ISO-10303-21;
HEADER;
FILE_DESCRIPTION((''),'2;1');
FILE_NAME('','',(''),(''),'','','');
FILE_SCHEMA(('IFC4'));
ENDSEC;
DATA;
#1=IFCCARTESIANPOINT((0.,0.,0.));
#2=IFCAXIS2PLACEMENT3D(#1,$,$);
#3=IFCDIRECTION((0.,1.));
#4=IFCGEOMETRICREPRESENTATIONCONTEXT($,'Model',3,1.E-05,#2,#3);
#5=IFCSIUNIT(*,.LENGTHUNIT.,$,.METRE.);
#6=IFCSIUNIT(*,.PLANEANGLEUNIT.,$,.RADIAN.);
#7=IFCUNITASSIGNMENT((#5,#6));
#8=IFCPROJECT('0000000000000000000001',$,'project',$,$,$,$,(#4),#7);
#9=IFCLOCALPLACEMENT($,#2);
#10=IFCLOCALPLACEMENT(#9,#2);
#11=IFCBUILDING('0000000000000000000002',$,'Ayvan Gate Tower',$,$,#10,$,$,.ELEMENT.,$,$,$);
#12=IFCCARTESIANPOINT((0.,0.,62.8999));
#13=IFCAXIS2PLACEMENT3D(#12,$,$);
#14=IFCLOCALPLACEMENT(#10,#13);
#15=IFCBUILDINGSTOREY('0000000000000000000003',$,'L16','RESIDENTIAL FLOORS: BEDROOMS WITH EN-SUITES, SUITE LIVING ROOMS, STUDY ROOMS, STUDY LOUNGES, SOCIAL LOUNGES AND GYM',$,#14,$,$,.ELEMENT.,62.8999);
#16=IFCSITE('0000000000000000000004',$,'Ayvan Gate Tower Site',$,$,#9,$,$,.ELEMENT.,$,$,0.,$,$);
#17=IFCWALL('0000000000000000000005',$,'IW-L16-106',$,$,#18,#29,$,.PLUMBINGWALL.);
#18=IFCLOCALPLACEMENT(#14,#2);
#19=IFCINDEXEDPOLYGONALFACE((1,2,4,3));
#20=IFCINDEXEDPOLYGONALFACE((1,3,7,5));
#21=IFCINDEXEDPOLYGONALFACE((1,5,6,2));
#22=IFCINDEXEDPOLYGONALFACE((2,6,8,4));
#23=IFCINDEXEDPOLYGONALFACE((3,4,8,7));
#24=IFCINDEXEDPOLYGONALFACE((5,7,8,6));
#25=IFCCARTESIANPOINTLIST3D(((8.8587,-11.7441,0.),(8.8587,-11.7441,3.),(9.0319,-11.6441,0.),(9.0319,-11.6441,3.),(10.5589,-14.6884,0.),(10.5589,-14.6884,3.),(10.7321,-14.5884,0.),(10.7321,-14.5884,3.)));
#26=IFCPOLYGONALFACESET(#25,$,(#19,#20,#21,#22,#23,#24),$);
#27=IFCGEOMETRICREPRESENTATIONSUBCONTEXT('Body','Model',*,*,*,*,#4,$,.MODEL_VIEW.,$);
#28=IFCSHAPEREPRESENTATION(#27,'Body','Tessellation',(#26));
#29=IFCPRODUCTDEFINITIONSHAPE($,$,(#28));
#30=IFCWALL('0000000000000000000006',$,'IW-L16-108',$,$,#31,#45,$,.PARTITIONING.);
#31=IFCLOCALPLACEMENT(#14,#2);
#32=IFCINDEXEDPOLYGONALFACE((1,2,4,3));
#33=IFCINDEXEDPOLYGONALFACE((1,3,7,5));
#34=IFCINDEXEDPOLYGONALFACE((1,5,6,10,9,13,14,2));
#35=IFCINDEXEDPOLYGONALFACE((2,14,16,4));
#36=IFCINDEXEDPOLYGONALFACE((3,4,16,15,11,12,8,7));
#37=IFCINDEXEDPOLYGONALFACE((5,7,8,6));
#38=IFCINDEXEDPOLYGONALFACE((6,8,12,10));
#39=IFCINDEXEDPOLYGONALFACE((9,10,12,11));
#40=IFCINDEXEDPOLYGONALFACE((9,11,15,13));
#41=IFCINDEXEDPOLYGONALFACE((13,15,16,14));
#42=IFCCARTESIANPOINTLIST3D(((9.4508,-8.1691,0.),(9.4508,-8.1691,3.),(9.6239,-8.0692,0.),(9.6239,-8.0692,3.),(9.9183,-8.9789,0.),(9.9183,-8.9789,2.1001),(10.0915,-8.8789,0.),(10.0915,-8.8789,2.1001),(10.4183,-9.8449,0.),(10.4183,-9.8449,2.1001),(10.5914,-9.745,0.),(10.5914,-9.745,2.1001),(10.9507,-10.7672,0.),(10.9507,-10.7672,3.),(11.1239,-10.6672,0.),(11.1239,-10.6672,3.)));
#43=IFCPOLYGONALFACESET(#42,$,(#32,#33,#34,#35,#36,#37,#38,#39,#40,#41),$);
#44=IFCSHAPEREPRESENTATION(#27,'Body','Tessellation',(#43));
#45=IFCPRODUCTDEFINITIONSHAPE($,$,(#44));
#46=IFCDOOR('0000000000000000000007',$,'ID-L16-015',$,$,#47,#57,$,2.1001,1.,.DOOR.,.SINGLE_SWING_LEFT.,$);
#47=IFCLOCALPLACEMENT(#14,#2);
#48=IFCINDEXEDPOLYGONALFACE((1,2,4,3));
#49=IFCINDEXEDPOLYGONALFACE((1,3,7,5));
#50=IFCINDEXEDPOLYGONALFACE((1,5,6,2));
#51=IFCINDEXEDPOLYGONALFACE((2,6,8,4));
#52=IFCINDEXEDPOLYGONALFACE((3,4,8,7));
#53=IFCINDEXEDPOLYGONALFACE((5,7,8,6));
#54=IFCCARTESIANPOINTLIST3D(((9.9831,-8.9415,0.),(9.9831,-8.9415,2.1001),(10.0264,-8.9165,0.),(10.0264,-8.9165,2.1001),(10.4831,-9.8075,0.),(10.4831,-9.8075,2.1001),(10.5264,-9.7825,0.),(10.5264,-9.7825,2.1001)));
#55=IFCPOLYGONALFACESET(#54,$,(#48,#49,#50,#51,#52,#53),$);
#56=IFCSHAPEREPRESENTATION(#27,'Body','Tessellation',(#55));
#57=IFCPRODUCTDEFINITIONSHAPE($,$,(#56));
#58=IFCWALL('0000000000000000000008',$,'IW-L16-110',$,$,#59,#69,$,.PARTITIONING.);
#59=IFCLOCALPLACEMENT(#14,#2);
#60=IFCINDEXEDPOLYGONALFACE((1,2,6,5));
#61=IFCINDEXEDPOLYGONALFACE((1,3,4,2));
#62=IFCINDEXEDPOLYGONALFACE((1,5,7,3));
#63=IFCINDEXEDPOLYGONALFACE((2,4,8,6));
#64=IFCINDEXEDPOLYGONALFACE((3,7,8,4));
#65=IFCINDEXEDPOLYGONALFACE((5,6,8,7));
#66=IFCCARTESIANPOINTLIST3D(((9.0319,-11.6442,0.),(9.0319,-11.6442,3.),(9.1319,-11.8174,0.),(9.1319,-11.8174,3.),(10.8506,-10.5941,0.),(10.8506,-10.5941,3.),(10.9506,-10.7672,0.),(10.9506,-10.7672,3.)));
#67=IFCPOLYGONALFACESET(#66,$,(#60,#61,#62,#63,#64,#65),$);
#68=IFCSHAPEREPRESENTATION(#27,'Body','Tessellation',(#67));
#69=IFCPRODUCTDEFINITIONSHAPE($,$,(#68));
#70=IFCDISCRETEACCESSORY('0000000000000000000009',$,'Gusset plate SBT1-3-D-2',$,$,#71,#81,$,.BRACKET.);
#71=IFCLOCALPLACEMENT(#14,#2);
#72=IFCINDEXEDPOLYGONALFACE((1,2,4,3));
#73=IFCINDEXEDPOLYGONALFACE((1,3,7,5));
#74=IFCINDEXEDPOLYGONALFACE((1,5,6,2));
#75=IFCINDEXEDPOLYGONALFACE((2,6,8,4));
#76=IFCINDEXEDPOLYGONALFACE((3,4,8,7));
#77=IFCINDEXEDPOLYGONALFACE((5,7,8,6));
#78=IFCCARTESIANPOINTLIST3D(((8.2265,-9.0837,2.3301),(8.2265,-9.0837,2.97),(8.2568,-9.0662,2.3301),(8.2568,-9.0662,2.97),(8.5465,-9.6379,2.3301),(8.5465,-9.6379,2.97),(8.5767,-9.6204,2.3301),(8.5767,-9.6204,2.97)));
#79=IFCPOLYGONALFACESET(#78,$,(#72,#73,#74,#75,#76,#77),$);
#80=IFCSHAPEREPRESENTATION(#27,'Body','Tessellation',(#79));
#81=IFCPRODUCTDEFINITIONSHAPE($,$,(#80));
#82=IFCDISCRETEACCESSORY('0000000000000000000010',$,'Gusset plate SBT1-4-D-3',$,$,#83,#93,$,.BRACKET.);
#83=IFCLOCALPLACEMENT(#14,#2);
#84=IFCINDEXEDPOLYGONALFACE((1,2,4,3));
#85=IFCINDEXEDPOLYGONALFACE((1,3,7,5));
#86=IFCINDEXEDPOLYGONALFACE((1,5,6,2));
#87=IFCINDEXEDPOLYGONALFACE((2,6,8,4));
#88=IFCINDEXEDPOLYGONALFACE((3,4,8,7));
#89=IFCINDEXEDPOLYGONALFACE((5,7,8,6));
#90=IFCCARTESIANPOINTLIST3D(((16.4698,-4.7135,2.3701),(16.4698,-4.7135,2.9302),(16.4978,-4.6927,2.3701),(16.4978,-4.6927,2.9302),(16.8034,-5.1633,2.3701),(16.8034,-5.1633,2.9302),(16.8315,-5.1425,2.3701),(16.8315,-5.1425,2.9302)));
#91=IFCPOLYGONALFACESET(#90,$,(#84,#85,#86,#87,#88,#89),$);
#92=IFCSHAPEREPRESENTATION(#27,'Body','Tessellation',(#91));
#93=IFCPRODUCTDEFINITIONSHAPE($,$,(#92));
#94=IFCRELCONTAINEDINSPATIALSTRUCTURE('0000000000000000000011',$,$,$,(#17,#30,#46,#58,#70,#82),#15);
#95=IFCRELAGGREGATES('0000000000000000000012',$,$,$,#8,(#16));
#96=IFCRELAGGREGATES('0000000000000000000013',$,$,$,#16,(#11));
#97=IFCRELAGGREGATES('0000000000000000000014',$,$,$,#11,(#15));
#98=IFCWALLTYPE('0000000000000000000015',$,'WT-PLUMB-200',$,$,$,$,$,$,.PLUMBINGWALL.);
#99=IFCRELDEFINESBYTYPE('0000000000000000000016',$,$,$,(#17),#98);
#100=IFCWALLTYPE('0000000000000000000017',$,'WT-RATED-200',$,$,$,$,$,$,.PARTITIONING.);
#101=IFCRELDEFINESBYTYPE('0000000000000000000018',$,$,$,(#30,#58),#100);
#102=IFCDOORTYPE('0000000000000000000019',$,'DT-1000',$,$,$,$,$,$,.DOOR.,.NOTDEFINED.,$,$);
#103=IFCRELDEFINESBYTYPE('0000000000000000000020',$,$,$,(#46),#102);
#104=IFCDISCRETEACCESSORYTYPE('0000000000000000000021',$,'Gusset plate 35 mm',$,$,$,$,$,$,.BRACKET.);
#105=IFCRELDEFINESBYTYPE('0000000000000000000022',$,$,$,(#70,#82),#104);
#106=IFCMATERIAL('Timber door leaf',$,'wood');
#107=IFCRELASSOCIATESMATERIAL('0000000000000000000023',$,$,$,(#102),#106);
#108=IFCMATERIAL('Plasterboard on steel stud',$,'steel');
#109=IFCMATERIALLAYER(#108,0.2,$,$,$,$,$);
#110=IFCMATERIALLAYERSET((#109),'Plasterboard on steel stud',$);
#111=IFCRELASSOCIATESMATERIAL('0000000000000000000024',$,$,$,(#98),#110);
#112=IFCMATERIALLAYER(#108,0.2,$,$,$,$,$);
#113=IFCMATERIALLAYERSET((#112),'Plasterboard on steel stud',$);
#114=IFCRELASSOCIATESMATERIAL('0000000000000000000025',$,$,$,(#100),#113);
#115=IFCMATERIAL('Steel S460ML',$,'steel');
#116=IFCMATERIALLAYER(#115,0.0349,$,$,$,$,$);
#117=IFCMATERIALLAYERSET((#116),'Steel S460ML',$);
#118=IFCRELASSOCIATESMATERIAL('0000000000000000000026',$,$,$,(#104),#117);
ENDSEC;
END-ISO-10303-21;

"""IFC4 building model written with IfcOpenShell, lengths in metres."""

from ifc_helpers import new_model, si_unit, direction, frame, frame_2d, origin, origin_2d, place, context, subcontext, project, spatial, rectangle, extrude, material, layer, layer_set, type_object, element, fill, save


model = new_model("IFC4")

# Units and contexts
model_context = context("Model", 3, precision=1e-05, world=origin(), true_north=direction((0.0, 1.0)))
body_context = subcontext(model_context, "Body", "Model", "MODEL_VIEW")
ifc_project = project(units=[si_unit("LENGTHUNIT", "METRE"), si_unit("PLANEANGLEUNIT", "RADIAN")], contexts=[model_context])

# Site, building, storey
site_placement = place(None, origin())
site = spatial("IfcSite", under=ifc_project, at=site_placement, Name="Ayvan Gate Tower Site", CompositionType="ELEMENT", RefElevation=0.0)
building_placement = place(site_placement, origin())
building = spatial("IfcBuilding", under=site, at=building_placement, Name="Ayvan Gate Tower", CompositionType="ELEMENT")
storey_placement = place(building_placement, frame((0.0, 0.0, 62.8999)))
storey = spatial("IfcBuildingStorey", under=building, at=storey_placement, Name="L16", Description="RESIDENTIAL FLOORS: BEDROOMS WITH EN-SUITES, SUITE LIVING ROOMS, STUDY ROOMS, STUDY LOUNGES, SOCIAL LOUNGES AND GYM", CompositionType="ELEMENT", Elevation=62.8999)

# Shared definitions
ifc_material_1 = material(Name="Timber door leaf", Category="wood")
ifc_material_2 = material(Name="Plasterboard on steel stud", Category="steel")
door_type_1 = type_object("IfcDoorType", Name="DT-1000", OperationType="NOTDEFINED", PredefinedType="DOOR", material=ifc_material_1)

# Wall
ifc_layer_1 = layer(ifc_material_2, 0.2)
ifc_layer_set_1 = layer_set([ifc_layer_1], Name="Plasterboard on steel stud")
wall_type_1 = type_object("IfcWallType", Name="WT-PLUMB-200", PredefinedType="PLUMBINGWALL", material=ifc_layer_set_1)
wall_1_placement = place(storey_placement, frame((8.9453, -11.6941, 0.0), z_axis=(0.0, 0.0, 1.0), x_axis=(0.500062, -0.865989, 0.0)))
element("IfcWall", 1, at=wall_1_placement, inside=storey, type_object=wall_type_1, Name="IW-L16-106", PredefinedType="PLUMBINGWALL", context=body_context, shape_type="SweptSolid", body=[
    extrude(rectangle(XDim=3.3999, YDim=0.2, at=frame_2d((1.7, 0.0))), origin(), (0.0, 0.0, 1.0), 3.0),
])

# Wall, opening, door
ifc_layer_2 = layer(ifc_material_2, 0.2)
ifc_layer_set_2 = layer_set([ifc_layer_2], Name="Plasterboard on steel stud")
wall_type_2 = type_object("IfcWallType", Name="WT-RATED-200", PredefinedType="PARTITIONING", material=ifc_layer_set_2)
wall_2_placement = place(storey_placement, frame((9.5374, -8.1191, 0.0), z_axis=(0.0, 0.0, 1.0), x_axis=(0.49999, -0.866031, 0.0)))
wall_2 = element("IfcWall", 2, at=wall_2_placement, inside=storey, type_object=wall_type_2, Name="IW-L16-108", PredefinedType="PARTITIONING", context=body_context, shape_type="SweptSolid", body=[
    extrude(rectangle(XDim=3.0, YDim=0.2, at=frame_2d((1.5, 0.0))), origin(), (0.0, 0.0, 1.0), 3.0),
])
opening_1_placement = place(wall_2_placement, frame((0.9351, 0.0, 0.0)))
opening_1 = element("IfcOpeningElement", 3, at=opening_1_placement, cuts=wall_2, PredefinedType="OPENING", context=body_context, shape_type="SweptSolid", body=[
    extrude(rectangle(XDim=1.0, YDim=2.1001, at=frame_2d((0.5, 1.05))), frame((0.0, 0.1099, 0.0), z_axis=(0.0, -1.0, 0.0), x_axis=(1.0, 0.0, 0.0)), (0.0, 0.0, 1.0), 0.22),
])
door_1_placement = place(opening_1_placement, origin())
door_1 = element("IfcDoor", 4, at=door_1_placement, inside=storey, type_object=door_type_1, Name="ID-L16-015", OperationType="SINGLE_SWING_LEFT", OverallHeight=2.1001, OverallWidth=1.0, PredefinedType="DOOR", context=body_context, shape_type="SweptSolid", body=[
    extrude(rectangle(XDim=1.0, YDim=2.1001, at=frame_2d((0.5, 1.05))), frame((0.0, 0.0249, 0.0), z_axis=(0.0, -1.0, 0.0), x_axis=(1.0, 0.0, 0.0)), (0.0, 0.0, 1.0), 0.05),
])
fill(opening_1, door_1)

# Wall
wall_3_placement = place(storey_placement, frame((10.9006, -10.6807, 0.0), z_axis=(0.0, 0.0, 1.0), x_axis=(-0.866009, -0.500028, 0.0)))
element("IfcWall", 5, at=wall_3_placement, inside=storey, type_object=wall_type_2, Name="IW-L16-110", PredefinedType="PARTITIONING", context=body_context, shape_type="SweptSolid", body=[
    extrude(rectangle(XDim=2.1001, YDim=0.2, at=frame_2d((1.05, 0.0))), origin(), (0.0, 0.0, 1.0), 3.0),
])

# Discrete accessories
ifc_material_3 = material(Name="Steel S460ML", Category="steel")
ifc_layer_3 = layer(ifc_material_3, 0.0349)
ifc_layer_set_3 = layer_set([ifc_layer_3], Name="Steel S460ML")
discrete_accessory_type = type_object("IfcDiscreteAccessoryType", Name="Gusset plate 35 mm", PredefinedType="BRACKET", material=ifc_layer_set_3)
discrete_accessory_1_placement = place(storey_placement, frame((8.4016, -9.3521, 2.3301), z_axis=(0.0, 0.0, 1.0), x_axis=(-0.5, 0.866025, 0.0)))
element("IfcDiscreteAccessory", 6, at=discrete_accessory_1_placement, inside=storey, type_object=discrete_accessory_type, Name="Gusset plate SBT1-3-D-2", PredefinedType="BRACKET", context=body_context, shape_type="SweptSolid", body=[
    extrude(rectangle(XDim=0.6399, YDim=0.0349, at=origin_2d()), origin(), (0.0, 0.0, 1.0), 0.6399),
])
discrete_accessory_2_placement = place(storey_placement, frame((16.6506, -4.928, 2.3701), z_axis=(0.0, 0.0, 1.0), x_axis=(-0.595718, 0.803194, 0.0)))
element("IfcDiscreteAccessory", 7, at=discrete_accessory_2_placement, inside=storey, type_object=discrete_accessory_type, Name="Gusset plate SBT1-4-D-3", PredefinedType="BRACKET", context=body_context, shape_type="SweptSolid", body=[
    extrude(rectangle(XDim=0.5601, YDim=0.0349, at=origin_2d()), origin(), (0.0, 0.0, 1.0), 0.5601),
])

save(model, "model.ifc")
